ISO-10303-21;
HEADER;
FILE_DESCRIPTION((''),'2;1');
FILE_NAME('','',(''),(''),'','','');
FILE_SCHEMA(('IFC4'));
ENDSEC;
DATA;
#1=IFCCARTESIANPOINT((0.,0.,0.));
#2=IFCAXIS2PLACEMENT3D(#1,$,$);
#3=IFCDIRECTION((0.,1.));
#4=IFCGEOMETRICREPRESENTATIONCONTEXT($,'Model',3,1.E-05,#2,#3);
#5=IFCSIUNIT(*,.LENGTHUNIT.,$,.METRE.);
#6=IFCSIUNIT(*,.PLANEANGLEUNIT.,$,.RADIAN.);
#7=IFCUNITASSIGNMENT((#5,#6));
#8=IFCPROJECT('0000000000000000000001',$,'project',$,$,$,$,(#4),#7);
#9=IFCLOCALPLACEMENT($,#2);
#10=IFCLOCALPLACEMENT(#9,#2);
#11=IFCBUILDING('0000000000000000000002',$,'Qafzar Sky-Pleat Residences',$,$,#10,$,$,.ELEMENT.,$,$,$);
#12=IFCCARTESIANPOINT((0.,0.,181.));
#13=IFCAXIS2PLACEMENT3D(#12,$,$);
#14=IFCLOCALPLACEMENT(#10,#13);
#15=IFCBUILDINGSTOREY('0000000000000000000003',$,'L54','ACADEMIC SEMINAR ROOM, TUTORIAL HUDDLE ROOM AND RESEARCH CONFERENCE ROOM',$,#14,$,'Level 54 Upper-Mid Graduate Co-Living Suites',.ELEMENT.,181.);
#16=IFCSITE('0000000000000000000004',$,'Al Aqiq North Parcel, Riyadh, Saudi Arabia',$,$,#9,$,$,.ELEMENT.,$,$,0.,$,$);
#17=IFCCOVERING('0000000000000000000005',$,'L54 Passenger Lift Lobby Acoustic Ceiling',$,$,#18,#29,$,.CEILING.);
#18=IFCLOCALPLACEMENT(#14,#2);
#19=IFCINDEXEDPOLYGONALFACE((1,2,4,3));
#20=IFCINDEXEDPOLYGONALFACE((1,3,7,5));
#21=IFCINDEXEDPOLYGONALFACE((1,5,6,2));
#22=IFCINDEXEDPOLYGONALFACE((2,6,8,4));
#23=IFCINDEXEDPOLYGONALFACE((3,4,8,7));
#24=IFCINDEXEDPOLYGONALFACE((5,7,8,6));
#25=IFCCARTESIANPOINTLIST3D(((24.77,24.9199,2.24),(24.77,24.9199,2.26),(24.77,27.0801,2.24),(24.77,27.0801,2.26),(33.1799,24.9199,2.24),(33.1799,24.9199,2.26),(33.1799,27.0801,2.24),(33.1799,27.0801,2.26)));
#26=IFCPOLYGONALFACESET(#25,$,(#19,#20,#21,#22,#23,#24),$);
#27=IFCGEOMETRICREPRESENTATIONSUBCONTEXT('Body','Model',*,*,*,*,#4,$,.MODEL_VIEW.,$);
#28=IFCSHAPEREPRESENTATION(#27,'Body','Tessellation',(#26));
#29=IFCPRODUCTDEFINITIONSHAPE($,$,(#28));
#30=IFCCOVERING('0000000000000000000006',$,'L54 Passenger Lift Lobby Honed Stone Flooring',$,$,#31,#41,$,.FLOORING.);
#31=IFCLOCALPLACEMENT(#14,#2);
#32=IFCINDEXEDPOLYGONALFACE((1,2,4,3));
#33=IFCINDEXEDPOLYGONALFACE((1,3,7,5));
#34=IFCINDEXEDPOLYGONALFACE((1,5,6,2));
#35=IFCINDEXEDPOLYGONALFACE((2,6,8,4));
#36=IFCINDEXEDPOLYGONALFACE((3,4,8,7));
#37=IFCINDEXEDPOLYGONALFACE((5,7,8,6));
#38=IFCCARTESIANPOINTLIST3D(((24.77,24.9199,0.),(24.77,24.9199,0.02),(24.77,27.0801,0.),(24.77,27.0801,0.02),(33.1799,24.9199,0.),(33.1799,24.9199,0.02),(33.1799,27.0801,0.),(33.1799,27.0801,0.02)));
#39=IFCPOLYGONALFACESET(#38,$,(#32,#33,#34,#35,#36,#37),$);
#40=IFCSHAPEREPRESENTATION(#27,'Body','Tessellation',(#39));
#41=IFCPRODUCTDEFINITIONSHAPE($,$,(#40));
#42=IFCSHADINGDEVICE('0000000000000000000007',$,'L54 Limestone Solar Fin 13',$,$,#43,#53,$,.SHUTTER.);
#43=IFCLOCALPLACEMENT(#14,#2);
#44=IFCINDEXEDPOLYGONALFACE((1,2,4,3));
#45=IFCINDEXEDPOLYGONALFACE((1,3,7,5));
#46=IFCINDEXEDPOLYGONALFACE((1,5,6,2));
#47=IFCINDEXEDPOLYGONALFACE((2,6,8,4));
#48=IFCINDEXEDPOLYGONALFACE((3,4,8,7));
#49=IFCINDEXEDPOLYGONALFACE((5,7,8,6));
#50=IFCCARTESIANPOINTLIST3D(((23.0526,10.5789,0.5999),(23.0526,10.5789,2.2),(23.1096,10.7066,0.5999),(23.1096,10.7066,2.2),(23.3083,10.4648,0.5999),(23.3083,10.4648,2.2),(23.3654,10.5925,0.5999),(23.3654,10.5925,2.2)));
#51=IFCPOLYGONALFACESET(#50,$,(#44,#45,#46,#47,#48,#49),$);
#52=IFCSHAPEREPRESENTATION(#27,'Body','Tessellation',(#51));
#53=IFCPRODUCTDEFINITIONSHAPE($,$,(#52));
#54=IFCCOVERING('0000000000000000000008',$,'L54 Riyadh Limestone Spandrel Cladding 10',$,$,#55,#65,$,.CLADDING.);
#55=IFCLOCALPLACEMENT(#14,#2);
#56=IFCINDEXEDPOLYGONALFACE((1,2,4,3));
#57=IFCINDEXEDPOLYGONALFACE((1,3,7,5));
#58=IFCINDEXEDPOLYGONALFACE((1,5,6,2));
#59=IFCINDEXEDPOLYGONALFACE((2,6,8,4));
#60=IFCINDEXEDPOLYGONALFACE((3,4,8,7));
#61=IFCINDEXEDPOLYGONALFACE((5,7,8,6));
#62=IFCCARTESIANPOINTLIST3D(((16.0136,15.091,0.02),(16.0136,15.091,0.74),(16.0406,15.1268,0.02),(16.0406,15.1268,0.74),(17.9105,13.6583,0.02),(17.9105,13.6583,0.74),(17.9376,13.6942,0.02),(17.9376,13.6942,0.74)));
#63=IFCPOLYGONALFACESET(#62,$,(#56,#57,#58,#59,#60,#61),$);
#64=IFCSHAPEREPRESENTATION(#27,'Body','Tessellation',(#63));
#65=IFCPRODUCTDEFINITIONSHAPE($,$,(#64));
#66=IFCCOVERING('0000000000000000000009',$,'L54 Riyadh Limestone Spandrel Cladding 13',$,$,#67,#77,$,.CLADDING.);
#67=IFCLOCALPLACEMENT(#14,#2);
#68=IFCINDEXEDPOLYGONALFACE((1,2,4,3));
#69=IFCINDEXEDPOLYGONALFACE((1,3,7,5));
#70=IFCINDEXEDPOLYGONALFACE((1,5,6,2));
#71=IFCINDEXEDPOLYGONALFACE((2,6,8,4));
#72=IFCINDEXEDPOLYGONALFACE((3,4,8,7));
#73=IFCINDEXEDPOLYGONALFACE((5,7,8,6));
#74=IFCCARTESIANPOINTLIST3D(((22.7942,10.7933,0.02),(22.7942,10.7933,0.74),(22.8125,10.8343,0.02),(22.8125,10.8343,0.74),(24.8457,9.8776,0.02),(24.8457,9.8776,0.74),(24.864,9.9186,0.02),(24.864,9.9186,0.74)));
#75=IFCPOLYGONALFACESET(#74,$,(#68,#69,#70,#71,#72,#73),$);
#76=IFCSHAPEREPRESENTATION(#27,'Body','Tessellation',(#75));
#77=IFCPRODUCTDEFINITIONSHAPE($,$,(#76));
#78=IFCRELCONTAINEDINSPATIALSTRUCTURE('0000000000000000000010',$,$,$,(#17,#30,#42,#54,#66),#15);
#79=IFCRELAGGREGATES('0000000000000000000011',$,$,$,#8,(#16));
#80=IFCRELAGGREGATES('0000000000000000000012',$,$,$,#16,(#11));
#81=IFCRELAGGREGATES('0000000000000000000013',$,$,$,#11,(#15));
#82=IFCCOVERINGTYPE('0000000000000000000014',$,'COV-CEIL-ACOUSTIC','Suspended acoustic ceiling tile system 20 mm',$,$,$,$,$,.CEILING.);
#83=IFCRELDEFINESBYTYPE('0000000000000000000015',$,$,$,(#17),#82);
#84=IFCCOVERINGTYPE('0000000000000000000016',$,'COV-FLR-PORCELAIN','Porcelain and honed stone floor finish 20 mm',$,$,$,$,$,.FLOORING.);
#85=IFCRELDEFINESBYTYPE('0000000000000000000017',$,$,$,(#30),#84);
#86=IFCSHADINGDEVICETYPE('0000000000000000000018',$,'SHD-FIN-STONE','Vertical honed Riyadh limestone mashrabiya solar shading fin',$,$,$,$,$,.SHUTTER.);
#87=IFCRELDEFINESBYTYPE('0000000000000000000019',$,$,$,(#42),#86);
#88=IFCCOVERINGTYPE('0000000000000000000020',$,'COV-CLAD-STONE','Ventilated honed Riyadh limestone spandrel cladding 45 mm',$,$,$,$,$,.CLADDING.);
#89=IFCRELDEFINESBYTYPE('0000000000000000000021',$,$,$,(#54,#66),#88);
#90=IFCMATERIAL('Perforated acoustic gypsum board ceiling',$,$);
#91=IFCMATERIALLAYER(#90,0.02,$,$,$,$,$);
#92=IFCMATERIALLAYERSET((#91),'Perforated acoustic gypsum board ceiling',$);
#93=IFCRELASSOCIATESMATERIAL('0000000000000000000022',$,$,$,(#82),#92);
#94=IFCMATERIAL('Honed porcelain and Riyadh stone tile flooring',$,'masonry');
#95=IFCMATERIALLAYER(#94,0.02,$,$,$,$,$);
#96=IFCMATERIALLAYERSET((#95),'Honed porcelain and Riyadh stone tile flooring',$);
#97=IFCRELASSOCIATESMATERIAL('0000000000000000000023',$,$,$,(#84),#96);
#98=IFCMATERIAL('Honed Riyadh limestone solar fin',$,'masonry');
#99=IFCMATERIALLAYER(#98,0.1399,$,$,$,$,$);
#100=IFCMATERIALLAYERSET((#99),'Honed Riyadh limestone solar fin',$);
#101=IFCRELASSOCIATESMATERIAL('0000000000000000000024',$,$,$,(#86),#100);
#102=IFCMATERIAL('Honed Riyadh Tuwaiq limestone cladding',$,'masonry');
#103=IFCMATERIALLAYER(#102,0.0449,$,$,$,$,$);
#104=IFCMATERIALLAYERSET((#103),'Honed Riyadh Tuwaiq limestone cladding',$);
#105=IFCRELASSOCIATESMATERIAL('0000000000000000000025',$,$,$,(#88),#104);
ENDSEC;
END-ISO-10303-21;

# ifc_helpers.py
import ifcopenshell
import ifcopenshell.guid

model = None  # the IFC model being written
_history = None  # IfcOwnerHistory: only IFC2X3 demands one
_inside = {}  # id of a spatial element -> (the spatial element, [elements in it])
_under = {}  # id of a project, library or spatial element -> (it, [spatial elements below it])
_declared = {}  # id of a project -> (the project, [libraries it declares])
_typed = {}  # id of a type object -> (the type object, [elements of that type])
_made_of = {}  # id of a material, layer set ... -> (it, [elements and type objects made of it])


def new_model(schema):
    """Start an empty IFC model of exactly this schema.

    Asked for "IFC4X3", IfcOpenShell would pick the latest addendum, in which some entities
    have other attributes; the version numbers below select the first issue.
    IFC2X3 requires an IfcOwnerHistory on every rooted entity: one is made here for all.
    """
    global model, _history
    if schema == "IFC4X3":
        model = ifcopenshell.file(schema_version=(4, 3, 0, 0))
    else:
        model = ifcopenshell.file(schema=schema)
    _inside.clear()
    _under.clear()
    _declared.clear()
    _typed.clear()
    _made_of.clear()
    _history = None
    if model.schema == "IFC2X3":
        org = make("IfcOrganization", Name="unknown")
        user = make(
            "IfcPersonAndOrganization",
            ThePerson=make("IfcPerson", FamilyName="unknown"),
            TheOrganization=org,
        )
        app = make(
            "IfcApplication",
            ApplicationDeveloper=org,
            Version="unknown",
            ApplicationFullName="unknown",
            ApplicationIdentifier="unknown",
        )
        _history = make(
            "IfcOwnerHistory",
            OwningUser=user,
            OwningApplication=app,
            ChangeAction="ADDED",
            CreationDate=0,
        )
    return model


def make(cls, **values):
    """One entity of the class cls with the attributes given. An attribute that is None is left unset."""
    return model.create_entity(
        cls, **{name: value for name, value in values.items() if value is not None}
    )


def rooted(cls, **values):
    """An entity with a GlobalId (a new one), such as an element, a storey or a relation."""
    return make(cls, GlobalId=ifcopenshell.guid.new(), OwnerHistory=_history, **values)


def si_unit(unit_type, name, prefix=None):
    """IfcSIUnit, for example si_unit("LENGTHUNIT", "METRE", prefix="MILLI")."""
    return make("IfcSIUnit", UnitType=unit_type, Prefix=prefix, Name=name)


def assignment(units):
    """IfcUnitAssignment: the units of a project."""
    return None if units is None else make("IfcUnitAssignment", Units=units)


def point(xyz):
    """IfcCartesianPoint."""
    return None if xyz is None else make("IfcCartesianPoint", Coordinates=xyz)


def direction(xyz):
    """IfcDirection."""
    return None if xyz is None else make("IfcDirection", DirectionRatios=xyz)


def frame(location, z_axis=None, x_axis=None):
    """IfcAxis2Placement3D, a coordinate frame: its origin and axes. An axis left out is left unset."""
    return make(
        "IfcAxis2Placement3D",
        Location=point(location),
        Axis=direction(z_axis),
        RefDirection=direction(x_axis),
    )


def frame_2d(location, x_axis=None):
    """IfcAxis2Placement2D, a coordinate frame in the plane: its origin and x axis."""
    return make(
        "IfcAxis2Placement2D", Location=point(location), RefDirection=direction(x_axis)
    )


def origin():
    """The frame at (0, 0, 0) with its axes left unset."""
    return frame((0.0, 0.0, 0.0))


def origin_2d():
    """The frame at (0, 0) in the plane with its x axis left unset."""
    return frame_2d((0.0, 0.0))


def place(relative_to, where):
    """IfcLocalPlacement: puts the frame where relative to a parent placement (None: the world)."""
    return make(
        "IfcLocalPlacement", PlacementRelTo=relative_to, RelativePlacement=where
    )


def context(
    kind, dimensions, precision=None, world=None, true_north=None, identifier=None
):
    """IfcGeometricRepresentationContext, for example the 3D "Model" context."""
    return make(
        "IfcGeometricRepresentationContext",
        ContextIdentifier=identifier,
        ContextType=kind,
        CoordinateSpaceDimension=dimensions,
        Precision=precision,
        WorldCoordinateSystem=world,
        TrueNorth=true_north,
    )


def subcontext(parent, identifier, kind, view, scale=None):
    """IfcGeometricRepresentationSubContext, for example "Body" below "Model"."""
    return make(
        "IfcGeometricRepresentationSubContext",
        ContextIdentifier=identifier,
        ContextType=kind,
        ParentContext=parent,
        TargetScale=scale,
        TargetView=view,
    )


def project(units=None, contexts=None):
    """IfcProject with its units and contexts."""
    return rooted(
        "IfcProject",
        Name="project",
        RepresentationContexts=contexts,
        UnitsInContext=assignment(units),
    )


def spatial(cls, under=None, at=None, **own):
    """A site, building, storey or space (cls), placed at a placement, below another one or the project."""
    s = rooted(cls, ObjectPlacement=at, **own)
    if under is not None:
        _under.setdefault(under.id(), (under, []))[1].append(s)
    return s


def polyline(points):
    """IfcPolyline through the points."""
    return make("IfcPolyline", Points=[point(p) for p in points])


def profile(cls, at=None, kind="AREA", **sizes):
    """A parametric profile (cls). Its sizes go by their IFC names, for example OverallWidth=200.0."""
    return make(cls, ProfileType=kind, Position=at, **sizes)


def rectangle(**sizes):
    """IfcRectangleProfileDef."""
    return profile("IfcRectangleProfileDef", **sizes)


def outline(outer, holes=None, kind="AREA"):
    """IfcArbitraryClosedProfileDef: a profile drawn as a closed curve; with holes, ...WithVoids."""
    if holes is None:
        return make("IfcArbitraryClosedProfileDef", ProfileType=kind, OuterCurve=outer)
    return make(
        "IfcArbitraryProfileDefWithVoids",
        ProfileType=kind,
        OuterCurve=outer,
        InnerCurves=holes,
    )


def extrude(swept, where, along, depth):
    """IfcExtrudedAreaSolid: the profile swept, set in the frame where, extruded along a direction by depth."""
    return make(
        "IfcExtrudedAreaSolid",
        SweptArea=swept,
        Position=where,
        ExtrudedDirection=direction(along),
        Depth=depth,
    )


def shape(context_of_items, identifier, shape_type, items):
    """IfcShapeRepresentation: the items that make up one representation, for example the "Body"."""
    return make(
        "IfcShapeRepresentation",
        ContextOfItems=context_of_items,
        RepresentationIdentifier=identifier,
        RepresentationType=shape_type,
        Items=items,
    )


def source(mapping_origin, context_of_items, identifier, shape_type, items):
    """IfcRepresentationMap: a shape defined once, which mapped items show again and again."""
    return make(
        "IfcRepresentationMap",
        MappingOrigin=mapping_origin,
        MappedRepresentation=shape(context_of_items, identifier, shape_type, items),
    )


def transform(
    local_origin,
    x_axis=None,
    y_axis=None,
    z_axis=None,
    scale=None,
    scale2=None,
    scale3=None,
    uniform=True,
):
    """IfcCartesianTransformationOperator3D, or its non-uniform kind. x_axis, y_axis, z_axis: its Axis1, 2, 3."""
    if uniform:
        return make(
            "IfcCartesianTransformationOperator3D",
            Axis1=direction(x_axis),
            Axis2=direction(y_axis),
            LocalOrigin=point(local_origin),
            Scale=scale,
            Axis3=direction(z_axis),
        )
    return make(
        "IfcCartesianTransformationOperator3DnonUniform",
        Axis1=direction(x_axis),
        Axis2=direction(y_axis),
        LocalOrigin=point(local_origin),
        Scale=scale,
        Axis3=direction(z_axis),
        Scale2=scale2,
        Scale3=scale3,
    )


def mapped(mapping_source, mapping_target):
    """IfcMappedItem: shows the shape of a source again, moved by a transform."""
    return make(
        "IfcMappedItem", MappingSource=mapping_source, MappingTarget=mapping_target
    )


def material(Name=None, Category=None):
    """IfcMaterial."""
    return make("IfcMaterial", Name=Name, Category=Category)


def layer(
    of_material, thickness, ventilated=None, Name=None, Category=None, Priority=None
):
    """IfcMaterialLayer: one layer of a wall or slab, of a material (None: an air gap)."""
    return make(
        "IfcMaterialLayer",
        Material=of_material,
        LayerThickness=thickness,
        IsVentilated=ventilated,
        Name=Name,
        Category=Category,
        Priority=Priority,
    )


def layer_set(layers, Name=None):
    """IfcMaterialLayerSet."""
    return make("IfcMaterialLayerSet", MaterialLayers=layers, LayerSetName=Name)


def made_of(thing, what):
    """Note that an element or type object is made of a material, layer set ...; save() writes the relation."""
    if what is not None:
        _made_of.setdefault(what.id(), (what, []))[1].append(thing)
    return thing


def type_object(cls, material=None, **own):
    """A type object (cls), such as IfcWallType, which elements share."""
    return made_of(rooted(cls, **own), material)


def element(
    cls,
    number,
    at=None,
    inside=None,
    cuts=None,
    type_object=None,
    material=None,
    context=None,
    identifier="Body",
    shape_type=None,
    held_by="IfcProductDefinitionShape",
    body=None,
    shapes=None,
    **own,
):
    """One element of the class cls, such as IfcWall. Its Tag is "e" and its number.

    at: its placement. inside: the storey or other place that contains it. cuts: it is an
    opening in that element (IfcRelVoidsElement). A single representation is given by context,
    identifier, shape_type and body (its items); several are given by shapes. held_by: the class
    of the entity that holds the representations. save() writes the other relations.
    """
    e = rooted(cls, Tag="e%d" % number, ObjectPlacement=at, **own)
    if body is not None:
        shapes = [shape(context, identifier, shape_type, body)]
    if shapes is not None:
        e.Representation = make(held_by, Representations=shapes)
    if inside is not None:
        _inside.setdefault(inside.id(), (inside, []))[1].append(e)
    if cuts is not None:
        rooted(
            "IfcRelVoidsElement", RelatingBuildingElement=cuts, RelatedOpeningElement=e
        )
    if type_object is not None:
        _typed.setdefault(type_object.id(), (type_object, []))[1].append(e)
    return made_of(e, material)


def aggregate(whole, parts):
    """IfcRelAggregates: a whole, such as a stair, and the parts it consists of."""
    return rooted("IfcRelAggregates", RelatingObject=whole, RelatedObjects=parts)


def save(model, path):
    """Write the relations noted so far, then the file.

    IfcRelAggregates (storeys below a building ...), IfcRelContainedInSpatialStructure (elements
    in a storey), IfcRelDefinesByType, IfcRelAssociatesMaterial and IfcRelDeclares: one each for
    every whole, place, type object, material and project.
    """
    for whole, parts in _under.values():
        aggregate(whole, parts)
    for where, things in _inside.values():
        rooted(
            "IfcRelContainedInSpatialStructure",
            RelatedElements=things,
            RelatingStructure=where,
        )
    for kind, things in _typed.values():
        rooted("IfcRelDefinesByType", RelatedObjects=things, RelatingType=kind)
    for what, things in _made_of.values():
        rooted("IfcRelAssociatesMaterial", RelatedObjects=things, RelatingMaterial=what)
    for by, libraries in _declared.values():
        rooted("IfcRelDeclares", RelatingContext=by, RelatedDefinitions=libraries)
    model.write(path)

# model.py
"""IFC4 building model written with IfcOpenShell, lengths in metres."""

from ifc_helpers import new_model, si_unit, direction, frame, origin, origin_2d, place, context, subcontext, project, spatial, polyline, rectangle, outline, extrude, source, transform, mapped, material, layer, layer_set, type_object, element, save


model = new_model("IFC4")

# Units and contexts
model_context = context("Model", 3, precision=1e-05, world=origin(), true_north=direction((0.0, 1.0)))
body_context = subcontext(model_context, "Body", "Model", "MODEL_VIEW")
ifc_project = project(units=[si_unit("LENGTHUNIT", "METRE"), si_unit("PLANEANGLEUNIT", "RADIAN")], contexts=[model_context])

# Site, building, storey
site_placement = place(None, origin())
site = spatial("IfcSite", under=ifc_project, at=site_placement, Name="Al Aqiq North Parcel, Riyadh, Saudi Arabia", CompositionType="ELEMENT", RefElevation=0.0)
building_placement = place(site_placement, origin())
building = spatial("IfcBuilding", under=site, at=building_placement, Name="Qafzar Sky-Pleat Residences", CompositionType="ELEMENT")
storey_placement = place(building_placement, frame((0.0, 0.0, 181.0)))
storey = spatial("IfcBuildingStorey", under=building, at=storey_placement, Name="L54", Description="ACADEMIC SEMINAR ROOM, TUTORIAL HUDDLE ROOM AND RESEARCH CONFERENCE ROOM", LongName="Level 54 Upper-Mid Graduate Co-Living Suites", CompositionType="ELEMENT", Elevation=181.0)

# Coverings
ifc_material_1 = material(Name="Perforated acoustic gypsum board ceiling")
ifc_layer_1 = layer(ifc_material_1, 0.02)
ifc_layer_set_1 = layer_set([ifc_layer_1], Name="Perforated acoustic gypsum board ceiling")
covering_type_1 = type_object("IfcCoveringType", Name="COV-CEIL-ACOUSTIC", Description="Suspended acoustic ceiling tile system 20 mm", PredefinedType="CEILING", material=ifc_layer_set_1)
covering_1_placement = place(storey_placement, frame((0.0, 0.0, 2.24)))
element("IfcCovering", 1, at=covering_1_placement, inside=storey, type_object=covering_type_1, Name="L54 Passenger Lift Lobby Acoustic Ceiling", PredefinedType="CEILING", context=body_context, shape_type="SweptSolid", body=[
    extrude(outline(polyline([(33.1799, 24.9199), (24.77, 24.9199), (24.77, 27.0801), (33.1799, 27.0801), (33.1799, 24.9199)])), origin(), (0.0, 0.0, 1.0), 0.02),
])
ifc_material_2 = material(Name="Honed porcelain and Riyadh stone tile flooring", Category="masonry")
ifc_layer_2 = layer(ifc_material_2, 0.02)
ifc_layer_set_2 = layer_set([ifc_layer_2], Name="Honed porcelain and Riyadh stone tile flooring")
covering_type_2 = type_object("IfcCoveringType", Name="COV-FLR-PORCELAIN", Description="Porcelain and honed stone floor finish 20 mm", PredefinedType="FLOORING", material=ifc_layer_set_2)
covering_2_placement = place(storey_placement, origin())
element("IfcCovering", 2, at=covering_2_placement, inside=storey, type_object=covering_type_2, Name="L54 Passenger Lift Lobby Honed Stone Flooring", PredefinedType="FLOORING", context=body_context, shape_type="SweptSolid", body=[
    extrude(outline(polyline([(33.1799, 24.9199), (24.77, 24.9199), (24.77, 27.0801), (33.1799, 27.0801), (33.1799, 24.9199)])), origin(), (0.0, 0.0, 1.0), 0.02),
])

# Shading device
ifc_material_3 = material(Name="Honed Riyadh limestone solar fin", Category="masonry")
ifc_layer_3 = layer(ifc_material_3, 0.1399)
ifc_layer_set_3 = layer_set([ifc_layer_3], Name="Honed Riyadh limestone solar fin")
shading_device_type = type_object("IfcShadingDeviceType", Name="SHD-FIN-STONE", Description="Vertical honed Riyadh limestone mashrabiya solar shading fin", PredefinedType="SHUTTER", material=ifc_layer_set_3)
shared_shape_1 = source(origin(), body_context, "Body", "SweptSolid", [
    extrude(rectangle(XDim=0.1399, YDim=0.28, at=origin_2d()), origin(), (0.0, 0.0, 1.0), 1.6001),
])
shading_device_placement = place(storey_placement, frame((23.209, 10.5857, 0.5999), z_axis=(0.0, 0.0, 1.0), x_axis=(-0.407567, -0.913175, 0.0)))
element("IfcShadingDevice", 3, at=shading_device_placement, inside=storey, type_object=shading_device_type, Name="L54 Limestone Solar Fin 13", PredefinedType="SHUTTER", context=body_context, shape_type="MappedRepresentation", body=[
    mapped(shared_shape_1, transform((0.0, 0.0, 0.0), x_axis=(1.0, 0.0, 0.0), y_axis=(0.0, 1.0, 0.0), z_axis=(0.0, 0.0, 1.0), scale=1.0)),
])

# Coverings
ifc_material_4 = material(Name="Honed Riyadh Tuwaiq limestone cladding", Category="masonry")
ifc_layer_4 = layer(ifc_material_4, 0.0449)
ifc_layer_set_4 = layer_set([ifc_layer_4], Name="Honed Riyadh Tuwaiq limestone cladding")
covering_type_3 = type_object("IfcCoveringType", Name="COV-CLAD-STONE", Description="Ventilated honed Riyadh limestone spandrel cladding 45 mm", PredefinedType="CLADDING", material=ifc_layer_set_4)
shared_shape_2 = source(origin(), body_context, "Body", "SweptSolid", [
    extrude(rectangle(XDim=2.3772, YDim=0.0449, at=origin_2d()), origin(), (0.0, 0.0, 1.0), 0.72),
])
covering_3_placement = place(storey_placement, frame((16.9756, 14.3926, 0.02), z_axis=(0.0, 0.0, 1.0), x_axis=(0.797987, -0.602674, 0.0)))
element("IfcCovering", 4, at=covering_3_placement, inside=storey, type_object=covering_type_3, Name="L54 Riyadh Limestone Spandrel Cladding 10", PredefinedType="CLADDING", context=body_context, shape_type="MappedRepresentation", body=[
    mapped(shared_shape_2, transform((0.0, 0.0, 0.0), x_axis=(1.0, 0.0, 0.0), y_axis=(0.0, 1.0, 0.0), z_axis=(0.0, 0.0, 1.0), scale=1.0)),
])
shared_shape_3 = source(origin(), body_context, "Body", "SweptSolid", [
    extrude(rectangle(XDim=2.2466, YDim=0.0449, at=origin_2d()), origin(), (0.0, 0.0, 1.0), 0.72),
])
covering_4_placement = place(storey_placement, frame((23.8291, 10.356, 0.02), z_axis=(0.0, 0.0, 1.0), x_axis=(0.913165, -0.407591, 0.0)))
element("IfcCovering", 5, at=covering_4_placement, inside=storey, type_object=covering_type_3, Name="L54 Riyadh Limestone Spandrel Cladding 13", PredefinedType="CLADDING", context=body_context, shape_type="MappedRepresentation", body=[
    mapped(shared_shape_3, transform((0.0, 0.0, 0.0), x_axis=(1.0, 0.0, 0.0), y_axis=(0.0, 1.0, 0.0), z_axis=(0.0, 0.0, 1.0), scale=1.0)),
])

save(model, "model.ifc")
